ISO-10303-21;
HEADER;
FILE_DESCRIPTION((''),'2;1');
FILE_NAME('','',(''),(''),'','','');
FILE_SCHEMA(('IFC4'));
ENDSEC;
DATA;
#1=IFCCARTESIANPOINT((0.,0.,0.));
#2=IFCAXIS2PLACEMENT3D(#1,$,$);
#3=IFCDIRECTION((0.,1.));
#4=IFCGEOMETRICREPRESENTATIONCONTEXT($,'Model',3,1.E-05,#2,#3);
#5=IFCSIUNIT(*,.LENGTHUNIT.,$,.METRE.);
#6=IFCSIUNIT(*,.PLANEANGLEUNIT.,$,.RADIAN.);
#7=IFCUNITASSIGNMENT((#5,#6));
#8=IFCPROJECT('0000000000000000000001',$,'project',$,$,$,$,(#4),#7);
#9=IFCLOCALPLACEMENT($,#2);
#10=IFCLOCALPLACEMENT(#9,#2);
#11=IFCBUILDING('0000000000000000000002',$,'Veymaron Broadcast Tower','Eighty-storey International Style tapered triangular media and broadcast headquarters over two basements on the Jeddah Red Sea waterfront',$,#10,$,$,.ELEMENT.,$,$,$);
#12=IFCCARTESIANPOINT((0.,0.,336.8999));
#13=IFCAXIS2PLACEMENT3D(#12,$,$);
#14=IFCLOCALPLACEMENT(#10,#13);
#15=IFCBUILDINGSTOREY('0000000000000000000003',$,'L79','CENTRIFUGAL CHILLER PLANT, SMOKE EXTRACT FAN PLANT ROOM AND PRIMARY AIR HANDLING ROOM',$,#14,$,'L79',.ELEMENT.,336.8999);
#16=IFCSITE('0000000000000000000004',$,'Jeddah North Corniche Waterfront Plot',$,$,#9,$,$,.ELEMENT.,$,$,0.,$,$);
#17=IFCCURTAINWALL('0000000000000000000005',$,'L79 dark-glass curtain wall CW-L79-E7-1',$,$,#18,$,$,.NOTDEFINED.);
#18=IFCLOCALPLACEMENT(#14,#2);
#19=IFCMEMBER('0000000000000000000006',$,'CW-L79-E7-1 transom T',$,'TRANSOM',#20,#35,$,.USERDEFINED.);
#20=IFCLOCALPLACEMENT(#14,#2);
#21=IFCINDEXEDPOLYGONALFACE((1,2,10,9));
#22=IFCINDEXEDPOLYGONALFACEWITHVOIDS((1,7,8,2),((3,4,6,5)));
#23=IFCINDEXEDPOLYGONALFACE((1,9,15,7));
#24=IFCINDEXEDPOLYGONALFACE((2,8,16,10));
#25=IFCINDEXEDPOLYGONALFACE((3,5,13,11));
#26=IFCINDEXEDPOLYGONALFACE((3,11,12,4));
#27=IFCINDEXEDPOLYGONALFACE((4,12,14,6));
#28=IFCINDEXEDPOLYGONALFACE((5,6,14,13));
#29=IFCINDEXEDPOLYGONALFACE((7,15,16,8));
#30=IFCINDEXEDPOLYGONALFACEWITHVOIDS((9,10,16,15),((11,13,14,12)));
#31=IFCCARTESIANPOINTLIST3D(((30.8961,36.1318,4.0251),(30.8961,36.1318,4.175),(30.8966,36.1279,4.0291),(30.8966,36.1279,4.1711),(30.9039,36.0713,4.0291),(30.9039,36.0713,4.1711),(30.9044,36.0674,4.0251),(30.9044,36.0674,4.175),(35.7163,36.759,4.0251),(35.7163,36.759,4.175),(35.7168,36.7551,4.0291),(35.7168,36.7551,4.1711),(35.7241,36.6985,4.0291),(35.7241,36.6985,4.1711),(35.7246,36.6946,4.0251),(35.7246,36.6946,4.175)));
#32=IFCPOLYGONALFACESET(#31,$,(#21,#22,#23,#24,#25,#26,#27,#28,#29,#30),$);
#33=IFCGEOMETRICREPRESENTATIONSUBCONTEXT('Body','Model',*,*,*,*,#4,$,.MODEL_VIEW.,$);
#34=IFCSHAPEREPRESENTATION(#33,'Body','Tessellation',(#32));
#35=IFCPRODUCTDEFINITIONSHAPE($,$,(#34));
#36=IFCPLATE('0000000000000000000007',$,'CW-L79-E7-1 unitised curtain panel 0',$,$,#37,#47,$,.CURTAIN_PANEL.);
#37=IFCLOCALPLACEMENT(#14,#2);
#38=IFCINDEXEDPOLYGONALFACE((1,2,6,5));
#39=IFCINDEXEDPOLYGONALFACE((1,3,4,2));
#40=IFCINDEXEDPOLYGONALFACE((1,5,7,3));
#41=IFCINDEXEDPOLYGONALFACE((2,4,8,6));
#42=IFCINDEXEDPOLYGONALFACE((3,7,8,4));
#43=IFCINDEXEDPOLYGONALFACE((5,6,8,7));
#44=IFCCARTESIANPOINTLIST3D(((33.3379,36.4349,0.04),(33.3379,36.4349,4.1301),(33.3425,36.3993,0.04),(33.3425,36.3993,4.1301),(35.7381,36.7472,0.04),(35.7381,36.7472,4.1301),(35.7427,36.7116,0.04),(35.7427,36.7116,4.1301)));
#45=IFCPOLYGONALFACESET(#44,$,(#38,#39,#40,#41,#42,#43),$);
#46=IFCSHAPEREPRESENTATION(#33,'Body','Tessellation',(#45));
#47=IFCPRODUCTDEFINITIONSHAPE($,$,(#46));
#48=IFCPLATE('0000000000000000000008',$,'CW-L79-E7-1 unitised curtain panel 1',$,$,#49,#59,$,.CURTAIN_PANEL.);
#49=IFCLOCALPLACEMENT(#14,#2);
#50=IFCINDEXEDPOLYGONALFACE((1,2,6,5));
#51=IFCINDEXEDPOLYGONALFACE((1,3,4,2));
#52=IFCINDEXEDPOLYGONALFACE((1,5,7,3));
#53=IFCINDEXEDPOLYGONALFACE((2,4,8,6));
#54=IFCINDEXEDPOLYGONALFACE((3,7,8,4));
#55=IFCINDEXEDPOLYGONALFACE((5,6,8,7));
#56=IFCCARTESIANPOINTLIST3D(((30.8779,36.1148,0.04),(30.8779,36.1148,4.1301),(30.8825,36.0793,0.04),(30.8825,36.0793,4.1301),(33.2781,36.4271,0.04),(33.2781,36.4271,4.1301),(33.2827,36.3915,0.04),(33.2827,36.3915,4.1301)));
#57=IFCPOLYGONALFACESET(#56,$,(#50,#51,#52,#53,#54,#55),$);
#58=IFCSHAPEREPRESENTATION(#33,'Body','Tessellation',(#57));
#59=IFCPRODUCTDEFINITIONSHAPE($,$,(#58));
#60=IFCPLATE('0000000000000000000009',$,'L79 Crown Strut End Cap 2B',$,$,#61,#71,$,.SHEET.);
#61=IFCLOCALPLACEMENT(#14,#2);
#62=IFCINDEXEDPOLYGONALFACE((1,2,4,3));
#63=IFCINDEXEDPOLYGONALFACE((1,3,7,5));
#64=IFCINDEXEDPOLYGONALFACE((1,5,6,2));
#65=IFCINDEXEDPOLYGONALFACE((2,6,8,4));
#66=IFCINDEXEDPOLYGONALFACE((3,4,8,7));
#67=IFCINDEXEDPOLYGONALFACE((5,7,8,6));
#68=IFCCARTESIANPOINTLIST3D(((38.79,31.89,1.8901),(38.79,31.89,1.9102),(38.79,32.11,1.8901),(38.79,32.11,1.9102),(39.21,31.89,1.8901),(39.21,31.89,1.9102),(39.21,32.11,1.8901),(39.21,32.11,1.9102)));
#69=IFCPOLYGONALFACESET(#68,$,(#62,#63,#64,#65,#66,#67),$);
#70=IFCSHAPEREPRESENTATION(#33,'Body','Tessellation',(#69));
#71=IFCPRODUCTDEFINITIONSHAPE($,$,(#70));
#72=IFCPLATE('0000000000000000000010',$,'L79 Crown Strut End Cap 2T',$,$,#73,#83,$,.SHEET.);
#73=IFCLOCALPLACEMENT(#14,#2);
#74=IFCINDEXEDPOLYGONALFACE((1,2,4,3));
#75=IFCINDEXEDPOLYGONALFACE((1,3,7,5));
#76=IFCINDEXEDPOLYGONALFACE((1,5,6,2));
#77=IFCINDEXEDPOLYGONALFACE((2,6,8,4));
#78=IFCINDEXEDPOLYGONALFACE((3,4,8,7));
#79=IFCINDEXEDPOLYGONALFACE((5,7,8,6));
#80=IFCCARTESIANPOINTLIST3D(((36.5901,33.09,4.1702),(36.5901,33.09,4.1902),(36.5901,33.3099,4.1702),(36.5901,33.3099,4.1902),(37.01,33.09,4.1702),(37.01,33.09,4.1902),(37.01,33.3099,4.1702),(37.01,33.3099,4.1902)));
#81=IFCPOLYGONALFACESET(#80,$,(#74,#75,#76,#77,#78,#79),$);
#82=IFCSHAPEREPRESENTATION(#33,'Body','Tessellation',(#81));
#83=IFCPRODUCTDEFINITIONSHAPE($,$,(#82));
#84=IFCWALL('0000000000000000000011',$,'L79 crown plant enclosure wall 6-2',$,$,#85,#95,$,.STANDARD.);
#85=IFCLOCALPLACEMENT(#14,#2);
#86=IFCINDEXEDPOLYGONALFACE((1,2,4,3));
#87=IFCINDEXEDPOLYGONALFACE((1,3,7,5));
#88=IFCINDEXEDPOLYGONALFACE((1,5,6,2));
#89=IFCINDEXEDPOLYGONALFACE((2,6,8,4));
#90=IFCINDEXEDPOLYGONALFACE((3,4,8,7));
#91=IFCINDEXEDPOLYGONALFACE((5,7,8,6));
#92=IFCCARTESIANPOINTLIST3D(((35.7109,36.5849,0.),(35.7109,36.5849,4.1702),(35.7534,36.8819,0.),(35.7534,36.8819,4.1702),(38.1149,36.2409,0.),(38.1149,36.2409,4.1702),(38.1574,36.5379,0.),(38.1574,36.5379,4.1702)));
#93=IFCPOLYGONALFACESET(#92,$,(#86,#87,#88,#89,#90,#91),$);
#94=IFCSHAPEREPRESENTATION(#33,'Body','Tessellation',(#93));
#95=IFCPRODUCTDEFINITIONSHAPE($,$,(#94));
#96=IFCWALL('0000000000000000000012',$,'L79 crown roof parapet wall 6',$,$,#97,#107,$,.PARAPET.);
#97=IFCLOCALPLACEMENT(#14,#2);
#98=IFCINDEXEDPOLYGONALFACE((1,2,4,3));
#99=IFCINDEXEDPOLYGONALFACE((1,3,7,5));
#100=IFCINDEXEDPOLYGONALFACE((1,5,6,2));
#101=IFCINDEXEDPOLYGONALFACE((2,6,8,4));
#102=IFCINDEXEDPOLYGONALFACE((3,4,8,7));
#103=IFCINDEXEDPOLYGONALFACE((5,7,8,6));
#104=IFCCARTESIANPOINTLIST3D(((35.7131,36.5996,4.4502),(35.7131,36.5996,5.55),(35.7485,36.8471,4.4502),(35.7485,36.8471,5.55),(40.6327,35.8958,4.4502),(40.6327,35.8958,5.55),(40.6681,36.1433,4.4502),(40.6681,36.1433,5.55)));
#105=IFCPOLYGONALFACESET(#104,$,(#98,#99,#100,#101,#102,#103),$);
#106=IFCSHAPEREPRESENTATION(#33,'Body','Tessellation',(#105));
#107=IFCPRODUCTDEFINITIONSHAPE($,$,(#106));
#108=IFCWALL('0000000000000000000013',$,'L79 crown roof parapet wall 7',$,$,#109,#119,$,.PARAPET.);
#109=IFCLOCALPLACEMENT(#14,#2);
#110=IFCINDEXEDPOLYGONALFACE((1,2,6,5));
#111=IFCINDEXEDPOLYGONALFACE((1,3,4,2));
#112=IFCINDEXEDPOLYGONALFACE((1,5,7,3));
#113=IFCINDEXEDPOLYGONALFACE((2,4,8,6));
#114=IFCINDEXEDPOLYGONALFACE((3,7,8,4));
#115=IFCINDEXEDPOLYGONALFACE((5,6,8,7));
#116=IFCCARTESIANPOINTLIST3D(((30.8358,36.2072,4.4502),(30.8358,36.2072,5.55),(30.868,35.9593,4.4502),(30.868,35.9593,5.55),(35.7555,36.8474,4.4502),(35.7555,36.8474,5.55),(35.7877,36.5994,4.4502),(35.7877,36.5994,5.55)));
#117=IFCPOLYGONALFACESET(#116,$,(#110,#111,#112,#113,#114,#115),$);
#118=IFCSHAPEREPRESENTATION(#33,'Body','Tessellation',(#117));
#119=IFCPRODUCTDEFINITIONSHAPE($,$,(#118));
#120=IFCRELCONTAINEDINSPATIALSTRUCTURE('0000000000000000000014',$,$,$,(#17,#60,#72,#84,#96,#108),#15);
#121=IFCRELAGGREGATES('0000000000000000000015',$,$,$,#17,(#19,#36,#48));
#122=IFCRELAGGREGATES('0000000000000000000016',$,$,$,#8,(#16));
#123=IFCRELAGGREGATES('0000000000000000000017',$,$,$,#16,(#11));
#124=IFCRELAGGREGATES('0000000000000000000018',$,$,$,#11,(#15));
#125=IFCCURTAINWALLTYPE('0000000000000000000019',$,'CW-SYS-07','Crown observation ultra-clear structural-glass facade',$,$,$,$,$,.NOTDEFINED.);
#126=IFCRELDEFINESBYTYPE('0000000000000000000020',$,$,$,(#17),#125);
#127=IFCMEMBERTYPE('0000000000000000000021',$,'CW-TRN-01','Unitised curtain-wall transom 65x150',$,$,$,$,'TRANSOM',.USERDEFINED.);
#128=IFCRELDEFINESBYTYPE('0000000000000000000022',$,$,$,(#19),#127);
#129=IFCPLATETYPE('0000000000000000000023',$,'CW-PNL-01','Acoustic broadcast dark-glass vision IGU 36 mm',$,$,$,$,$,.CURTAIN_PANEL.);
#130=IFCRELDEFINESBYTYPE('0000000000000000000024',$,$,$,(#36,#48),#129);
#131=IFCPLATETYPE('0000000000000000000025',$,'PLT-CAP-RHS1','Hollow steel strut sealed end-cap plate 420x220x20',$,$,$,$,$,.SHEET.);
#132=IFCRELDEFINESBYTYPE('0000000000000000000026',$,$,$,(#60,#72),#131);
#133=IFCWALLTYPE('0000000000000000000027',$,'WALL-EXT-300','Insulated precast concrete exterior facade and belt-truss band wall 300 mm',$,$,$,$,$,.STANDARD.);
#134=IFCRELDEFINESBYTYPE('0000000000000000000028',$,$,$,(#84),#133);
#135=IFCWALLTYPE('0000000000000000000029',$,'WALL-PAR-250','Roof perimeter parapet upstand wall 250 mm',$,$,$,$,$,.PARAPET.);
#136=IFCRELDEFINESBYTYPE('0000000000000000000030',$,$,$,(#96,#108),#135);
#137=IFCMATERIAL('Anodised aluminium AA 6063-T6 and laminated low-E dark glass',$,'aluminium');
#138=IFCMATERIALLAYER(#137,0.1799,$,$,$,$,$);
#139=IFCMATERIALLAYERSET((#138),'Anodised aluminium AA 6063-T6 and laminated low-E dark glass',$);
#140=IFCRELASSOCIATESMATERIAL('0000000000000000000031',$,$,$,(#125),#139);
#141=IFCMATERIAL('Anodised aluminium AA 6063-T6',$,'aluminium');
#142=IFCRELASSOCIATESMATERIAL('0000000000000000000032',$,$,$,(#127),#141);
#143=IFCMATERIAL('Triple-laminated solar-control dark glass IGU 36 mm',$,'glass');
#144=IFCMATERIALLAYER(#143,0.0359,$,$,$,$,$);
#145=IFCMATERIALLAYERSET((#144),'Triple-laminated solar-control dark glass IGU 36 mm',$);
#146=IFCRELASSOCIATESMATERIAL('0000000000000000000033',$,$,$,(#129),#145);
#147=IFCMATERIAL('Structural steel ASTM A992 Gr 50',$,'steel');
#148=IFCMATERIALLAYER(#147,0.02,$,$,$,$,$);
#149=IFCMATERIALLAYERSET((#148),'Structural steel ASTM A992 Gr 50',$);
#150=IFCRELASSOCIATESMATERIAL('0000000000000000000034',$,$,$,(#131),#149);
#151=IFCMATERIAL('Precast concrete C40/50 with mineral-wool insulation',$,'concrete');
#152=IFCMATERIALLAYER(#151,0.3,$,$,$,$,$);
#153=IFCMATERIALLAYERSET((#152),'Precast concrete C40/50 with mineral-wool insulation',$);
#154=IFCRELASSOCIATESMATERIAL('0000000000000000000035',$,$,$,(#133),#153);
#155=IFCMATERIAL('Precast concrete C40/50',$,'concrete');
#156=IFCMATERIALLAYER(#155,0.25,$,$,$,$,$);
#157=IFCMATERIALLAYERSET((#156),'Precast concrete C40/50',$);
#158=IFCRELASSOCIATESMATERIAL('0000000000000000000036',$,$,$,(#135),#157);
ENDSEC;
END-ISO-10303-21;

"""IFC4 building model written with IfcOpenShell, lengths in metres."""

from ifc_helpers import new_model, si_unit, direction, frame, frame_2d, origin, origin_2d, place, context, subcontext, project, spatial, rectangle, hollow_rectangle, extrude, material, layer, layer_set, material_profile, profile_set, type_object, element, aggregate, save


model = new_model("IFC4")

# Units and contexts
model_context = context("Model", 3, precision=1e-05, world=origin(), true_north=direction((0.0, 1.0)))
body_context = subcontext(model_context, "Body", "Model", "MODEL_VIEW")
ifc_project = project(units=[si_unit("LENGTHUNIT", "METRE"), si_unit("PLANEANGLEUNIT", "RADIAN")], contexts=[model_context])

# Site, building, storey
site_placement = place(None, origin())
site = spatial("IfcSite", under=ifc_project, at=site_placement, Name="Jeddah North Corniche Waterfront Plot", CompositionType="ELEMENT", RefElevation=0.0)
building_placement = place(site_placement, origin())
building = spatial("IfcBuilding", under=site, at=building_placement, Name="Veymaron Broadcast Tower", Description="Eighty-storey International Style tapered triangular media and broadcast headquarters over two basements on the Jeddah Red Sea waterfront", CompositionType="ELEMENT")
storey_placement = place(building_placement, frame((0.0, 0.0, 336.8999)))
storey = spatial("IfcBuildingStorey", under=building, at=storey_placement, Name="L79", Description="CENTRIFUGAL CHILLER PLANT, SMOKE EXTRACT FAN PLANT ROOM AND PRIMARY AIR HANDLING ROOM", LongName="L79", CompositionType="ELEMENT", Elevation=336.8999)

# Shared definitions
ifc_material_1 = material(Name="Structural steel ASTM A992 Gr 50", Category="steel")

# Shared definitions
ifc_material_2 = material(Name="Anodised aluminium AA 6063-T6 and laminated low-E dark glass", Category="aluminium")
ifc_layer_1 = layer(ifc_material_2, 0.1799)
ifc_layer_set_1 = layer_set([ifc_layer_1], Name="Anodised aluminium AA 6063-T6 and laminated low-E dark glass")
curtain_wall_type = type_object("IfcCurtainWallType", Name="CW-SYS-07", Description="Crown observation ultra-clear structural-glass facade", PredefinedType="NOTDEFINED", material=ifc_layer_set_1)
ifc_material_3 = material(Name="Anodised aluminium AA 6063-T6", Category="aluminium")

# Curtain wall, member, plates
curtain_wall_1_placement = place(storey_placement, origin())
curtain_wall_1 = element("IfcCurtainWall", 1, at=curtain_wall_1_placement, inside=storey, type_object=curtain_wall_type, Name="L79 dark-glass curtain wall CW-L79-E7-1", PredefinedType="NOTDEFINED")
ifc_material_profile_1 = material_profile(ifc_material_3, hollow_rectangle(XDim=0.0649, YDim=0.1499, WallThickness=0.0039, at=origin_2d()), Name="AL150X65X4")
ifc_profile_set_1 = profile_set([ifc_material_profile_1], Name="Anodised aluminium AA 6063-T6")
member_type_1 = type_object("IfcMemberType", Name="CW-TRN-01", Description="Unitised curtain-wall transom 65x150", ElementType="TRANSOM", PredefinedType="USERDEFINED", material=ifc_profile_set_1)
member_1_placement = place(storey_placement, frame((35.7205, 36.7268, 4.1001), z_axis=(-0.991641, -0.129028, 0.0), x_axis=(0.129028, -0.991641, 0.0)))
member_1 = element("IfcMember", 2, at=member_1_placement, type_object=member_type_1, Name="CW-L79-E7-1 transom T", ObjectType="TRANSOM", PredefinedType="USERDEFINED", context=body_context, shape_type="SweptSolid", body=[
    extrude(hollow_rectangle(XDim=0.0649, YDim=0.1499, WallThickness=0.0039, at=origin_2d()), origin(), (0.0, 0.0, 1.0), 4.8608),
])
ifc_material_4 = material(Name="Triple-laminated solar-control dark glass IGU 36 mm", Category="glass")
ifc_layer_2 = layer(ifc_material_4, 0.0359)
ifc_layer_set_2 = layer_set([ifc_layer_2], Name="Triple-laminated solar-control dark glass IGU 36 mm")
plate_type_1 = type_object("IfcPlateType", Name="CW-PNL-01", Description="Acoustic broadcast dark-glass vision IGU 36 mm", PredefinedType="CURTAIN_PANEL", material=ifc_layer_set_2)
plate_1_placement = place(storey_placement, frame((34.5403, 36.5732, 0.04), z_axis=(0.0, 0.0, 1.0), x_axis=(-0.991644, -0.129003, 0.0)))
plate_1 = element("IfcPlate", 3, at=plate_1_placement, type_object=plate_type_1, Name="CW-L79-E7-1 unitised curtain panel 0", PredefinedType="CURTAIN_PANEL", context=body_context, shape_type="SweptSolid", body=[
    extrude(rectangle(XDim=2.4204, YDim=0.0359, at=origin_2d()), origin(), (0.0, 0.0, 1.0), 4.0901),
])
plate_2_placement = place(storey_placement, frame((32.0803, 36.2532, 0.04), z_axis=(0.0, 0.0, 1.0), x_axis=(-0.991644, -0.129003, 0.0)))
plate_2 = element("IfcPlate", 4, at=plate_2_placement, type_object=plate_type_1, Name="CW-L79-E7-1 unitised curtain panel 1", PredefinedType="CURTAIN_PANEL", context=body_context, shape_type="SweptSolid", body=[
    extrude(rectangle(XDim=2.4204, YDim=0.0359, at=origin_2d()), origin(), (0.0, 0.0, 1.0), 4.0901),
])
aggregate(curtain_wall_1, [member_1, plate_1, plate_2])

# Plates
ifc_layer_3 = layer(ifc_material_1, 0.02)
ifc_layer_set_3 = layer_set([ifc_layer_3], Name="Structural steel ASTM A992 Gr 50")
plate_type_2 = type_object("IfcPlateType", Name="PLT-CAP-RHS1", Description="Hollow steel strut sealed end-cap plate 420x220x20", PredefinedType="SHEET", material=ifc_layer_set_3)
for number, where, z_axis, x_axis, name in (
    (5, (39.0, 32.0, 1.8901), (0.0, 0.0, 1.0), (1.0, 0.0, 0.0), "L79 Crown Strut End Cap 2B"),
    (6, (36.8, 33.2, 4.1702), (0.0, 0.0, 1.0), (1.0, 0.0, 0.0), "L79 Crown Strut End Cap 2T"),
):
    element("IfcPlate", number, at=place(storey_placement, frame(where, z_axis=z_axis, x_axis=x_axis)), inside=storey, type_object=plate_type_2, Name=name, PredefinedType="SHEET", context=body_context, shape_type="SweptSolid", body=[
        extrude(rectangle(XDim=0.4199, YDim=0.22, at=origin_2d()), origin(), (0.0, 0.0, 1.0), 0.02),
    ])

# Walls
ifc_material_5 = material(Name="Precast concrete C40/50 with mineral-wool insulation", Category="concrete")
ifc_layer_4 = layer(ifc_material_5, 0.3)
ifc_layer_set_4 = layer_set([ifc_layer_4], Name="Precast concrete C40/50 with mineral-wool insulation")
wall_type_1 = type_object("IfcWallType", Name="WALL-EXT-300", Description="Insulated precast concrete exterior facade and belt-truss band wall 300 mm", PredefinedType="STANDARD", material=ifc_layer_set_4)
wall_1_placement = place(storey_placement, frame((38.1362, 36.3894, 0.0), z_axis=(0.0, 0.0, 1.0), x_axis=(-0.989917, 0.141647, 0.0)))
element("IfcWall", 7, at=wall_1_placement, inside=storey, type_object=wall_type_1, Name="L79 crown plant enclosure wall 6-2", PredefinedType="STANDARD", context=body_context, shape_type="SweptSolid", body=[
    extrude(rectangle(XDim=2.4285, YDim=0.3, at=frame_2d((1.2144, 0.0))), origin(), (0.0, 0.0, 1.0), 4.1702),
])
ifc_material_6 = material(Name="Precast concrete C40/50", Category="concrete")
ifc_layer_5 = layer(ifc_material_6, 0.25)
ifc_layer_set_5 = layer_set([ifc_layer_5], Name="Precast concrete C40/50")
wall_type_2 = type_object("IfcWallType", Name="WALL-PAR-250", Description="Roof perimeter parapet upstand wall 250 mm", PredefinedType="PARAPET", material=ifc_layer_set_5)
wall_2_placement = place(storey_placement, frame((40.6504, 36.0195, 4.4502), z_axis=(0.0, 0.0, 1.0), x_axis=(-0.98992, 0.141628, 0.0)))
element("IfcWall", 8, at=wall_2_placement, inside=storey, type_object=wall_type_2, Name="L79 crown roof parapet wall 6", PredefinedType="PARAPET", context=body_context, shape_type="SweptSolid", body=[
    extrude(rectangle(XDim=4.9697, YDim=0.25, at=frame_2d((2.4849, 0.0))), origin(), (0.0, 0.0, 1.0), 1.0999),
])
wall_3_placement = place(storey_placement, frame((35.7715, 36.7234, 4.4502), z_axis=(0.0, 0.0, 1.0), x_axis=(-0.991641, -0.12903, 0.0)))
element("IfcWall", 9, at=wall_3_placement, inside=storey, type_object=wall_type_2, Name="L79 crown roof parapet wall 7", PredefinedType="PARAPET", context=body_context, shape_type="SweptSolid", body=[
    extrude(rectangle(XDim=4.9612, YDim=0.25, at=frame_2d((2.4805, 0.0))), origin(), (0.0, 0.0, 1.0), 1.0999),
])

save(model, "model.ifc")
